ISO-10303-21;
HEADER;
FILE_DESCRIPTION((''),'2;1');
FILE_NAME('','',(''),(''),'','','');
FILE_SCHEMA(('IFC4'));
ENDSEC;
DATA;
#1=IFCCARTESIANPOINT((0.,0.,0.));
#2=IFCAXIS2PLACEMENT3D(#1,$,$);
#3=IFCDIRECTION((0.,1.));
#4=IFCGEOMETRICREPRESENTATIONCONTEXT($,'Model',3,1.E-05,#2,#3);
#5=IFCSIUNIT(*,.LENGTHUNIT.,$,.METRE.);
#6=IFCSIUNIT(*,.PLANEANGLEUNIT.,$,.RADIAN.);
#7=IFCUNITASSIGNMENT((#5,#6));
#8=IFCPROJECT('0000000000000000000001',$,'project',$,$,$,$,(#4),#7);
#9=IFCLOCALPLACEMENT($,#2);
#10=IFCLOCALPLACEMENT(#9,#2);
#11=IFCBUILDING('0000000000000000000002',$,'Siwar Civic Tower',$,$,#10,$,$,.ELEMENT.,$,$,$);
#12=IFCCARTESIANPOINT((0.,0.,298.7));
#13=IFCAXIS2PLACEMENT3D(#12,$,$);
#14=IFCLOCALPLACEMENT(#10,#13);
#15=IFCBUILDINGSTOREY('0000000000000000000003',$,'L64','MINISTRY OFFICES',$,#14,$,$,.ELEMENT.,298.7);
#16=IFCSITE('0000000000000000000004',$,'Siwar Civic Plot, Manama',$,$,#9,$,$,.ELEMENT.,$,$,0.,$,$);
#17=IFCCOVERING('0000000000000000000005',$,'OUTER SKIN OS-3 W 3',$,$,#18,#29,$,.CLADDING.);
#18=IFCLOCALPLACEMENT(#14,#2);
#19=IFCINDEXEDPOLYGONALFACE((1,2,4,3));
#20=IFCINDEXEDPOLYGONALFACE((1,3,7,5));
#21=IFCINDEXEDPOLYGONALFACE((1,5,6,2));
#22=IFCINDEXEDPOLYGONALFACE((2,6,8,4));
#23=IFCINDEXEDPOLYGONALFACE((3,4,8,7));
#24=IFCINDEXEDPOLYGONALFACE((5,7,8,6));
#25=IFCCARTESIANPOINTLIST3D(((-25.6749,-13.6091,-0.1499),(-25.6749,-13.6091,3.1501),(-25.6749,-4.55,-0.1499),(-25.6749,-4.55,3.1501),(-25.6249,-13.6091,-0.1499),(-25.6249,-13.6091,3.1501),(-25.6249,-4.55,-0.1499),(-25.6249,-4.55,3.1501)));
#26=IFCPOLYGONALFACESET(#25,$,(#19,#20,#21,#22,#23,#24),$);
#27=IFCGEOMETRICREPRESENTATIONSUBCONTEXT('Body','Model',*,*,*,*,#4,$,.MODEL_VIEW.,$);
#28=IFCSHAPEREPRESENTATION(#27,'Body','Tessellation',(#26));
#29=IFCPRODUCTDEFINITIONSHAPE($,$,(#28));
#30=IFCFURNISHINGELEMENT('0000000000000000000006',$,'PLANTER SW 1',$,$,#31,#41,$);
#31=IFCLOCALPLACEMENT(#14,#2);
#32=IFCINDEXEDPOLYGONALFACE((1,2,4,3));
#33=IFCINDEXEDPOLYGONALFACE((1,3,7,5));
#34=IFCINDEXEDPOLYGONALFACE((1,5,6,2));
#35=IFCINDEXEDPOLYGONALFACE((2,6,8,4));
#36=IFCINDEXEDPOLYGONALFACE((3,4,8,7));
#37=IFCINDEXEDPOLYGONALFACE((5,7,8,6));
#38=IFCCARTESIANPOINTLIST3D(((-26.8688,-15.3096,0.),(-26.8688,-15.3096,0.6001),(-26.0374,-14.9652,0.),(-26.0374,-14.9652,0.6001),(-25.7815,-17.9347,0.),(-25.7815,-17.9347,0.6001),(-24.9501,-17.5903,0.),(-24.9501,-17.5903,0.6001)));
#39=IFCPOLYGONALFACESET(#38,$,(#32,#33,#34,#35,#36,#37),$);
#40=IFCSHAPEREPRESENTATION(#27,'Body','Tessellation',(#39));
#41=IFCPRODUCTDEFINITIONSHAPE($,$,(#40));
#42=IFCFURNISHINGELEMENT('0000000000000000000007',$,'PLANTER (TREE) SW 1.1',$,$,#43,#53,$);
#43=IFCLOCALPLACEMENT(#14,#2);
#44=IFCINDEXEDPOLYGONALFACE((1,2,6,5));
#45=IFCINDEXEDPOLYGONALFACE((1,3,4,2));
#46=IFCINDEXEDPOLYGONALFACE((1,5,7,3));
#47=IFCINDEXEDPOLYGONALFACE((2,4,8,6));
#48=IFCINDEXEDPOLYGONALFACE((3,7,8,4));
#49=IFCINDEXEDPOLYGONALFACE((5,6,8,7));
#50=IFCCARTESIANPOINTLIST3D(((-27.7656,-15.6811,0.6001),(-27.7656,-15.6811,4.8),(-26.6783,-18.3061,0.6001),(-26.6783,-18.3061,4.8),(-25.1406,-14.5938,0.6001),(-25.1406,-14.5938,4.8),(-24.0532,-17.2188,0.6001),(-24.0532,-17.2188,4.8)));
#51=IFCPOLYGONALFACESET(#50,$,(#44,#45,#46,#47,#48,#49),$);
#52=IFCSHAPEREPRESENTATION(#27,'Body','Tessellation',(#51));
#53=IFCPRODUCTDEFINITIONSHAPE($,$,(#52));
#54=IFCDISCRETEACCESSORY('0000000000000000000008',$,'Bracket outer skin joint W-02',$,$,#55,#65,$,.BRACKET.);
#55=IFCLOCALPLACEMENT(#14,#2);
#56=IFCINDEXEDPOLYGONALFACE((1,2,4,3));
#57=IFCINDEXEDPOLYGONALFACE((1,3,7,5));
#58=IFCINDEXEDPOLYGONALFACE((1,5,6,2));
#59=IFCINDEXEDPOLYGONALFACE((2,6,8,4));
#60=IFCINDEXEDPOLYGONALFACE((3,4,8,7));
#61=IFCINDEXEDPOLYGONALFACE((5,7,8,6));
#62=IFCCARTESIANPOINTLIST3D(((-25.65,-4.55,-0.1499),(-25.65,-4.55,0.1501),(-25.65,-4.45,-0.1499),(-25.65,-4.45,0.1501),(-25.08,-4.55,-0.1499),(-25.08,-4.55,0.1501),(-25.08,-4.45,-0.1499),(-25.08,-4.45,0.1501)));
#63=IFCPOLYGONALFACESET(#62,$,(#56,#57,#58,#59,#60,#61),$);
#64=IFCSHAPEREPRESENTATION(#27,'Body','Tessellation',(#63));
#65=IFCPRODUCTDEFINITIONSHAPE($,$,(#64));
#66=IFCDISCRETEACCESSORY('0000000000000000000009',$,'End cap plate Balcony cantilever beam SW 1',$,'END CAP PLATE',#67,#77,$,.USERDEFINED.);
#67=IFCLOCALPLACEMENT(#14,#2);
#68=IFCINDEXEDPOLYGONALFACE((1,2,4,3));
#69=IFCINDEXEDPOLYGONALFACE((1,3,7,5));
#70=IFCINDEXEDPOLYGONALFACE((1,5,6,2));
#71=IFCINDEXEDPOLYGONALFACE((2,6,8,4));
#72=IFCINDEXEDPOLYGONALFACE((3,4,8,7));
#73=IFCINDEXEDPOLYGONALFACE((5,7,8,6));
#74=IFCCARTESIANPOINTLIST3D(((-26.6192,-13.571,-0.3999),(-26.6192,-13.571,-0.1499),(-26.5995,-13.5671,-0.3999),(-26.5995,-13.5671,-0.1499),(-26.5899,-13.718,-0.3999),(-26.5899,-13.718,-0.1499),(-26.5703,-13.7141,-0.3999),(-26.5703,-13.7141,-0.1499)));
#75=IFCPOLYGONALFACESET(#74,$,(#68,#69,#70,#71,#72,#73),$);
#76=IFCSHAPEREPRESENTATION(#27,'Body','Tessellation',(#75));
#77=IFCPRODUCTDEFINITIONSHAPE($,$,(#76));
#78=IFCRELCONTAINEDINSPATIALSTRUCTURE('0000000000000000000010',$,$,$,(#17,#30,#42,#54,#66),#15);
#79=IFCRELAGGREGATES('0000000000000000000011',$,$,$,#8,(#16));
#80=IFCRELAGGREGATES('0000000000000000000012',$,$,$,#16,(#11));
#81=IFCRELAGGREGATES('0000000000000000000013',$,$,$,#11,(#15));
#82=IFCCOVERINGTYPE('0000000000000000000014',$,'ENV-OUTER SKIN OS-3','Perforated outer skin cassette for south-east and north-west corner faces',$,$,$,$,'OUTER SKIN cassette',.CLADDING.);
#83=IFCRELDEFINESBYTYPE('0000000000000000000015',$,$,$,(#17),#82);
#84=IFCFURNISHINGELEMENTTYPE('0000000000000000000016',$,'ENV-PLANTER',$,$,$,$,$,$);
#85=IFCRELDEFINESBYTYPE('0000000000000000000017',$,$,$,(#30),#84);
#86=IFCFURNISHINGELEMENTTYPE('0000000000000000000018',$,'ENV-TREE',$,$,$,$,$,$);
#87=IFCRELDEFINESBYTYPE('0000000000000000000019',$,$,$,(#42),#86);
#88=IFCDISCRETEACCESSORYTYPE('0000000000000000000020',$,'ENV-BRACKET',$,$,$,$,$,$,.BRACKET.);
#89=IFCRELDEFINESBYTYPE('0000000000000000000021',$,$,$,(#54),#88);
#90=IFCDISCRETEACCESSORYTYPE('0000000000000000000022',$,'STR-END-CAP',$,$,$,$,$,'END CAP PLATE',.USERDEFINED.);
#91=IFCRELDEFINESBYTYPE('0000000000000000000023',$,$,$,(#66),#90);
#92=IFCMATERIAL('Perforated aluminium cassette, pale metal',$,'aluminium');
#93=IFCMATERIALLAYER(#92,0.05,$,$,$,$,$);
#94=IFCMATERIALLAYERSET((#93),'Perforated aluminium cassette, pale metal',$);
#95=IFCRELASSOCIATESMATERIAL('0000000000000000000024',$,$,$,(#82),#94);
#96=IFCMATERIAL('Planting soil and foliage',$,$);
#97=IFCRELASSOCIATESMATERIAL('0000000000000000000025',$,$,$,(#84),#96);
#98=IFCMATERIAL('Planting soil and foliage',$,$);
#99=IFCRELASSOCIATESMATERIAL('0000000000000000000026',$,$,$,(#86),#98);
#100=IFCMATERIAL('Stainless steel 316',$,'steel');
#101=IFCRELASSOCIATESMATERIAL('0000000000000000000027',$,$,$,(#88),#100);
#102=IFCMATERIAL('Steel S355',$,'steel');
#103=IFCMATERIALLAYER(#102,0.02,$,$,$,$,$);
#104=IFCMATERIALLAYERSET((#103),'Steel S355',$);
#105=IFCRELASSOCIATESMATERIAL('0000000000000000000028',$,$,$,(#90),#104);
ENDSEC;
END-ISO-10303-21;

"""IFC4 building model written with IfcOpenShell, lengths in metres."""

from ifc_helpers import new_model, si_unit, direction, frame, origin, origin_2d, place, context, subcontext, project, spatial, rectangle, extrude, material, layer, layer_set, type_object, element, save


model = new_model("IFC4")

# Units and contexts
model_context = context("Model", 3, precision=1e-05, world=origin(), true_north=direction((0.0, 1.0)))
body_context = subcontext(model_context, "Body", "Model", "MODEL_VIEW")
ifc_project = project(units=[si_unit("LENGTHUNIT", "METRE"), si_unit("PLANEANGLEUNIT", "RADIAN")], contexts=[model_context])

# Site, building, storey
site_placement = place(None, origin())
site = spatial("IfcSite", under=ifc_project, at=site_placement, Name="Siwar Civic Plot, Manama", CompositionType="ELEMENT", RefElevation=0.0)
building_placement = place(site_placement, origin())
building = spatial("IfcBuilding", under=site, at=building_placement, Name="Siwar Civic Tower", CompositionType="ELEMENT")
storey_placement = place(building_placement, frame((0.0, 0.0, 298.7)))
storey = spatial("IfcBuildingStorey", under=building, at=storey_placement, Name="L64", Description="MINISTRY OFFICES", CompositionType="ELEMENT", Elevation=298.7)

# Covering
ifc_material_1 = material(Name="Perforated aluminium cassette, pale metal", Category="aluminium")
ifc_layer_1 = layer(ifc_material_1, 0.05)
ifc_layer_set_1 = layer_set([ifc_layer_1], Name="Perforated aluminium cassette, pale metal")
covering_type = type_object("IfcCoveringType", Name="ENV-OUTER SKIN OS-3", Description="Perforated outer skin cassette for south-east and north-west corner faces", ElementType="OUTER SKIN cassette", PredefinedType="CLADDING", material=ifc_layer_set_1)
covering_placement = place(storey_placement, frame((-25.6499, -9.0796, -0.1499), z_axis=(0.0, 0.0, 1.0), x_axis=(0.0, -1.0, 0.0)))
element("IfcCovering", 1, at=covering_placement, inside=storey, type_object=covering_type, Name="OUTER SKIN OS-3 W 3", PredefinedType="CLADDING", context=body_context, shape_type="SweptSolid", body=[
    extrude(rectangle(XDim=9.0591, YDim=0.05, at=origin_2d()), origin(), (0.0, 0.0, 1.0), 3.3),
])

# Furnishing elements
ifc_material_2 = material(Name="Planting soil and foliage")
furnishing_element_type_1 = type_object("IfcFurnishingElementType", Name="ENV-PLANTER", material=ifc_material_2)
furnishing_1_placement = place(storey_placement, frame((-25.9094, -16.45, 0.0), z_axis=(0.0, 0.0, 1.0), x_axis=(0.382683, -0.92388, 0.0)))
element("IfcFurnishingElement", 2, at=furnishing_1_placement, inside=storey, type_object=furnishing_element_type_1, Name="PLANTER SW 1", context=body_context, shape_type="SweptSolid", body=[
    extrude(rectangle(XDim=2.8413, YDim=0.8999, at=origin_2d()), origin(), (0.0, 0.0, 1.0), 0.6001),
])
ifc_material_3 = material(Name="Planting soil and foliage")
furnishing_element_type_2 = type_object("IfcFurnishingElementType", Name="ENV-TREE", material=ifc_material_3)
furnishing_2_placement = place(storey_placement, frame((-25.9094, -16.45, 0.6001), z_axis=(0.0, 0.0, 1.0), x_axis=(0.382683, -0.92388, 0.0)))
element("IfcFurnishingElement", 3, at=furnishing_2_placement, inside=storey, type_object=furnishing_element_type_2, Name="PLANTER (TREE) SW 1.1", context=body_context, shape_type="SweptSolid", body=[
    extrude(rectangle(XDim=2.8413, YDim=2.8413, at=origin_2d()), origin(), (0.0, 0.0, 1.0), 4.2),
])

# Discrete accessories
ifc_material_4 = material(Name="Stainless steel 316", Category="steel")
discrete_accessory_type_1 = type_object("IfcDiscreteAccessoryType", Name="ENV-BRACKET", PredefinedType="BRACKET", material=ifc_material_4)
discrete_accessory_1_placement = place(storey_placement, frame((-25.365, -4.5, -0.1499), z_axis=(0.0, 0.0, 1.0), x_axis=(-1.0, 0.0, 0.0)))
element("IfcDiscreteAccessory", 4, at=discrete_accessory_1_placement, inside=storey, type_object=discrete_accessory_type_1, Name="Bracket outer skin joint W-02", PredefinedType="BRACKET", context=body_context, shape_type="SweptSolid", body=[
    extrude(rectangle(XDim=0.5701, YDim=0.1001, at=origin_2d()), origin(), (0.0, 0.0, 1.0), 0.3),
])
ifc_material_5 = material(Name="Steel S355", Category="steel")
ifc_layer_2 = layer(ifc_material_5, 0.02)
ifc_layer_set_2 = layer_set([ifc_layer_2], Name="Steel S355")
discrete_accessory_type_2 = type_object("IfcDiscreteAccessoryType", Name="STR-END-CAP", ElementType="END CAP PLATE", PredefinedType="USERDEFINED", material=ifc_layer_set_2)
discrete_accessory_2_placement = place(storey_placement, frame((-26.5947, -13.6426, -0.3999), z_axis=(0.0, 0.0, 1.0), x_axis=(-0.980785, -0.19509, 0.0)))
element("IfcDiscreteAccessory", 5, at=discrete_accessory_2_placement, inside=storey, type_object=discrete_accessory_type_2, Name="End cap plate Balcony cantilever beam SW 1", ObjectType="END CAP PLATE", PredefinedType="USERDEFINED", context=body_context, shape_type="SweptSolid", body=[
    extrude(rectangle(XDim=0.02, YDim=0.1499, at=origin_2d()), origin(), (0.0, 0.0, 1.0), 0.25),
])

save(model, "model.ifc")
